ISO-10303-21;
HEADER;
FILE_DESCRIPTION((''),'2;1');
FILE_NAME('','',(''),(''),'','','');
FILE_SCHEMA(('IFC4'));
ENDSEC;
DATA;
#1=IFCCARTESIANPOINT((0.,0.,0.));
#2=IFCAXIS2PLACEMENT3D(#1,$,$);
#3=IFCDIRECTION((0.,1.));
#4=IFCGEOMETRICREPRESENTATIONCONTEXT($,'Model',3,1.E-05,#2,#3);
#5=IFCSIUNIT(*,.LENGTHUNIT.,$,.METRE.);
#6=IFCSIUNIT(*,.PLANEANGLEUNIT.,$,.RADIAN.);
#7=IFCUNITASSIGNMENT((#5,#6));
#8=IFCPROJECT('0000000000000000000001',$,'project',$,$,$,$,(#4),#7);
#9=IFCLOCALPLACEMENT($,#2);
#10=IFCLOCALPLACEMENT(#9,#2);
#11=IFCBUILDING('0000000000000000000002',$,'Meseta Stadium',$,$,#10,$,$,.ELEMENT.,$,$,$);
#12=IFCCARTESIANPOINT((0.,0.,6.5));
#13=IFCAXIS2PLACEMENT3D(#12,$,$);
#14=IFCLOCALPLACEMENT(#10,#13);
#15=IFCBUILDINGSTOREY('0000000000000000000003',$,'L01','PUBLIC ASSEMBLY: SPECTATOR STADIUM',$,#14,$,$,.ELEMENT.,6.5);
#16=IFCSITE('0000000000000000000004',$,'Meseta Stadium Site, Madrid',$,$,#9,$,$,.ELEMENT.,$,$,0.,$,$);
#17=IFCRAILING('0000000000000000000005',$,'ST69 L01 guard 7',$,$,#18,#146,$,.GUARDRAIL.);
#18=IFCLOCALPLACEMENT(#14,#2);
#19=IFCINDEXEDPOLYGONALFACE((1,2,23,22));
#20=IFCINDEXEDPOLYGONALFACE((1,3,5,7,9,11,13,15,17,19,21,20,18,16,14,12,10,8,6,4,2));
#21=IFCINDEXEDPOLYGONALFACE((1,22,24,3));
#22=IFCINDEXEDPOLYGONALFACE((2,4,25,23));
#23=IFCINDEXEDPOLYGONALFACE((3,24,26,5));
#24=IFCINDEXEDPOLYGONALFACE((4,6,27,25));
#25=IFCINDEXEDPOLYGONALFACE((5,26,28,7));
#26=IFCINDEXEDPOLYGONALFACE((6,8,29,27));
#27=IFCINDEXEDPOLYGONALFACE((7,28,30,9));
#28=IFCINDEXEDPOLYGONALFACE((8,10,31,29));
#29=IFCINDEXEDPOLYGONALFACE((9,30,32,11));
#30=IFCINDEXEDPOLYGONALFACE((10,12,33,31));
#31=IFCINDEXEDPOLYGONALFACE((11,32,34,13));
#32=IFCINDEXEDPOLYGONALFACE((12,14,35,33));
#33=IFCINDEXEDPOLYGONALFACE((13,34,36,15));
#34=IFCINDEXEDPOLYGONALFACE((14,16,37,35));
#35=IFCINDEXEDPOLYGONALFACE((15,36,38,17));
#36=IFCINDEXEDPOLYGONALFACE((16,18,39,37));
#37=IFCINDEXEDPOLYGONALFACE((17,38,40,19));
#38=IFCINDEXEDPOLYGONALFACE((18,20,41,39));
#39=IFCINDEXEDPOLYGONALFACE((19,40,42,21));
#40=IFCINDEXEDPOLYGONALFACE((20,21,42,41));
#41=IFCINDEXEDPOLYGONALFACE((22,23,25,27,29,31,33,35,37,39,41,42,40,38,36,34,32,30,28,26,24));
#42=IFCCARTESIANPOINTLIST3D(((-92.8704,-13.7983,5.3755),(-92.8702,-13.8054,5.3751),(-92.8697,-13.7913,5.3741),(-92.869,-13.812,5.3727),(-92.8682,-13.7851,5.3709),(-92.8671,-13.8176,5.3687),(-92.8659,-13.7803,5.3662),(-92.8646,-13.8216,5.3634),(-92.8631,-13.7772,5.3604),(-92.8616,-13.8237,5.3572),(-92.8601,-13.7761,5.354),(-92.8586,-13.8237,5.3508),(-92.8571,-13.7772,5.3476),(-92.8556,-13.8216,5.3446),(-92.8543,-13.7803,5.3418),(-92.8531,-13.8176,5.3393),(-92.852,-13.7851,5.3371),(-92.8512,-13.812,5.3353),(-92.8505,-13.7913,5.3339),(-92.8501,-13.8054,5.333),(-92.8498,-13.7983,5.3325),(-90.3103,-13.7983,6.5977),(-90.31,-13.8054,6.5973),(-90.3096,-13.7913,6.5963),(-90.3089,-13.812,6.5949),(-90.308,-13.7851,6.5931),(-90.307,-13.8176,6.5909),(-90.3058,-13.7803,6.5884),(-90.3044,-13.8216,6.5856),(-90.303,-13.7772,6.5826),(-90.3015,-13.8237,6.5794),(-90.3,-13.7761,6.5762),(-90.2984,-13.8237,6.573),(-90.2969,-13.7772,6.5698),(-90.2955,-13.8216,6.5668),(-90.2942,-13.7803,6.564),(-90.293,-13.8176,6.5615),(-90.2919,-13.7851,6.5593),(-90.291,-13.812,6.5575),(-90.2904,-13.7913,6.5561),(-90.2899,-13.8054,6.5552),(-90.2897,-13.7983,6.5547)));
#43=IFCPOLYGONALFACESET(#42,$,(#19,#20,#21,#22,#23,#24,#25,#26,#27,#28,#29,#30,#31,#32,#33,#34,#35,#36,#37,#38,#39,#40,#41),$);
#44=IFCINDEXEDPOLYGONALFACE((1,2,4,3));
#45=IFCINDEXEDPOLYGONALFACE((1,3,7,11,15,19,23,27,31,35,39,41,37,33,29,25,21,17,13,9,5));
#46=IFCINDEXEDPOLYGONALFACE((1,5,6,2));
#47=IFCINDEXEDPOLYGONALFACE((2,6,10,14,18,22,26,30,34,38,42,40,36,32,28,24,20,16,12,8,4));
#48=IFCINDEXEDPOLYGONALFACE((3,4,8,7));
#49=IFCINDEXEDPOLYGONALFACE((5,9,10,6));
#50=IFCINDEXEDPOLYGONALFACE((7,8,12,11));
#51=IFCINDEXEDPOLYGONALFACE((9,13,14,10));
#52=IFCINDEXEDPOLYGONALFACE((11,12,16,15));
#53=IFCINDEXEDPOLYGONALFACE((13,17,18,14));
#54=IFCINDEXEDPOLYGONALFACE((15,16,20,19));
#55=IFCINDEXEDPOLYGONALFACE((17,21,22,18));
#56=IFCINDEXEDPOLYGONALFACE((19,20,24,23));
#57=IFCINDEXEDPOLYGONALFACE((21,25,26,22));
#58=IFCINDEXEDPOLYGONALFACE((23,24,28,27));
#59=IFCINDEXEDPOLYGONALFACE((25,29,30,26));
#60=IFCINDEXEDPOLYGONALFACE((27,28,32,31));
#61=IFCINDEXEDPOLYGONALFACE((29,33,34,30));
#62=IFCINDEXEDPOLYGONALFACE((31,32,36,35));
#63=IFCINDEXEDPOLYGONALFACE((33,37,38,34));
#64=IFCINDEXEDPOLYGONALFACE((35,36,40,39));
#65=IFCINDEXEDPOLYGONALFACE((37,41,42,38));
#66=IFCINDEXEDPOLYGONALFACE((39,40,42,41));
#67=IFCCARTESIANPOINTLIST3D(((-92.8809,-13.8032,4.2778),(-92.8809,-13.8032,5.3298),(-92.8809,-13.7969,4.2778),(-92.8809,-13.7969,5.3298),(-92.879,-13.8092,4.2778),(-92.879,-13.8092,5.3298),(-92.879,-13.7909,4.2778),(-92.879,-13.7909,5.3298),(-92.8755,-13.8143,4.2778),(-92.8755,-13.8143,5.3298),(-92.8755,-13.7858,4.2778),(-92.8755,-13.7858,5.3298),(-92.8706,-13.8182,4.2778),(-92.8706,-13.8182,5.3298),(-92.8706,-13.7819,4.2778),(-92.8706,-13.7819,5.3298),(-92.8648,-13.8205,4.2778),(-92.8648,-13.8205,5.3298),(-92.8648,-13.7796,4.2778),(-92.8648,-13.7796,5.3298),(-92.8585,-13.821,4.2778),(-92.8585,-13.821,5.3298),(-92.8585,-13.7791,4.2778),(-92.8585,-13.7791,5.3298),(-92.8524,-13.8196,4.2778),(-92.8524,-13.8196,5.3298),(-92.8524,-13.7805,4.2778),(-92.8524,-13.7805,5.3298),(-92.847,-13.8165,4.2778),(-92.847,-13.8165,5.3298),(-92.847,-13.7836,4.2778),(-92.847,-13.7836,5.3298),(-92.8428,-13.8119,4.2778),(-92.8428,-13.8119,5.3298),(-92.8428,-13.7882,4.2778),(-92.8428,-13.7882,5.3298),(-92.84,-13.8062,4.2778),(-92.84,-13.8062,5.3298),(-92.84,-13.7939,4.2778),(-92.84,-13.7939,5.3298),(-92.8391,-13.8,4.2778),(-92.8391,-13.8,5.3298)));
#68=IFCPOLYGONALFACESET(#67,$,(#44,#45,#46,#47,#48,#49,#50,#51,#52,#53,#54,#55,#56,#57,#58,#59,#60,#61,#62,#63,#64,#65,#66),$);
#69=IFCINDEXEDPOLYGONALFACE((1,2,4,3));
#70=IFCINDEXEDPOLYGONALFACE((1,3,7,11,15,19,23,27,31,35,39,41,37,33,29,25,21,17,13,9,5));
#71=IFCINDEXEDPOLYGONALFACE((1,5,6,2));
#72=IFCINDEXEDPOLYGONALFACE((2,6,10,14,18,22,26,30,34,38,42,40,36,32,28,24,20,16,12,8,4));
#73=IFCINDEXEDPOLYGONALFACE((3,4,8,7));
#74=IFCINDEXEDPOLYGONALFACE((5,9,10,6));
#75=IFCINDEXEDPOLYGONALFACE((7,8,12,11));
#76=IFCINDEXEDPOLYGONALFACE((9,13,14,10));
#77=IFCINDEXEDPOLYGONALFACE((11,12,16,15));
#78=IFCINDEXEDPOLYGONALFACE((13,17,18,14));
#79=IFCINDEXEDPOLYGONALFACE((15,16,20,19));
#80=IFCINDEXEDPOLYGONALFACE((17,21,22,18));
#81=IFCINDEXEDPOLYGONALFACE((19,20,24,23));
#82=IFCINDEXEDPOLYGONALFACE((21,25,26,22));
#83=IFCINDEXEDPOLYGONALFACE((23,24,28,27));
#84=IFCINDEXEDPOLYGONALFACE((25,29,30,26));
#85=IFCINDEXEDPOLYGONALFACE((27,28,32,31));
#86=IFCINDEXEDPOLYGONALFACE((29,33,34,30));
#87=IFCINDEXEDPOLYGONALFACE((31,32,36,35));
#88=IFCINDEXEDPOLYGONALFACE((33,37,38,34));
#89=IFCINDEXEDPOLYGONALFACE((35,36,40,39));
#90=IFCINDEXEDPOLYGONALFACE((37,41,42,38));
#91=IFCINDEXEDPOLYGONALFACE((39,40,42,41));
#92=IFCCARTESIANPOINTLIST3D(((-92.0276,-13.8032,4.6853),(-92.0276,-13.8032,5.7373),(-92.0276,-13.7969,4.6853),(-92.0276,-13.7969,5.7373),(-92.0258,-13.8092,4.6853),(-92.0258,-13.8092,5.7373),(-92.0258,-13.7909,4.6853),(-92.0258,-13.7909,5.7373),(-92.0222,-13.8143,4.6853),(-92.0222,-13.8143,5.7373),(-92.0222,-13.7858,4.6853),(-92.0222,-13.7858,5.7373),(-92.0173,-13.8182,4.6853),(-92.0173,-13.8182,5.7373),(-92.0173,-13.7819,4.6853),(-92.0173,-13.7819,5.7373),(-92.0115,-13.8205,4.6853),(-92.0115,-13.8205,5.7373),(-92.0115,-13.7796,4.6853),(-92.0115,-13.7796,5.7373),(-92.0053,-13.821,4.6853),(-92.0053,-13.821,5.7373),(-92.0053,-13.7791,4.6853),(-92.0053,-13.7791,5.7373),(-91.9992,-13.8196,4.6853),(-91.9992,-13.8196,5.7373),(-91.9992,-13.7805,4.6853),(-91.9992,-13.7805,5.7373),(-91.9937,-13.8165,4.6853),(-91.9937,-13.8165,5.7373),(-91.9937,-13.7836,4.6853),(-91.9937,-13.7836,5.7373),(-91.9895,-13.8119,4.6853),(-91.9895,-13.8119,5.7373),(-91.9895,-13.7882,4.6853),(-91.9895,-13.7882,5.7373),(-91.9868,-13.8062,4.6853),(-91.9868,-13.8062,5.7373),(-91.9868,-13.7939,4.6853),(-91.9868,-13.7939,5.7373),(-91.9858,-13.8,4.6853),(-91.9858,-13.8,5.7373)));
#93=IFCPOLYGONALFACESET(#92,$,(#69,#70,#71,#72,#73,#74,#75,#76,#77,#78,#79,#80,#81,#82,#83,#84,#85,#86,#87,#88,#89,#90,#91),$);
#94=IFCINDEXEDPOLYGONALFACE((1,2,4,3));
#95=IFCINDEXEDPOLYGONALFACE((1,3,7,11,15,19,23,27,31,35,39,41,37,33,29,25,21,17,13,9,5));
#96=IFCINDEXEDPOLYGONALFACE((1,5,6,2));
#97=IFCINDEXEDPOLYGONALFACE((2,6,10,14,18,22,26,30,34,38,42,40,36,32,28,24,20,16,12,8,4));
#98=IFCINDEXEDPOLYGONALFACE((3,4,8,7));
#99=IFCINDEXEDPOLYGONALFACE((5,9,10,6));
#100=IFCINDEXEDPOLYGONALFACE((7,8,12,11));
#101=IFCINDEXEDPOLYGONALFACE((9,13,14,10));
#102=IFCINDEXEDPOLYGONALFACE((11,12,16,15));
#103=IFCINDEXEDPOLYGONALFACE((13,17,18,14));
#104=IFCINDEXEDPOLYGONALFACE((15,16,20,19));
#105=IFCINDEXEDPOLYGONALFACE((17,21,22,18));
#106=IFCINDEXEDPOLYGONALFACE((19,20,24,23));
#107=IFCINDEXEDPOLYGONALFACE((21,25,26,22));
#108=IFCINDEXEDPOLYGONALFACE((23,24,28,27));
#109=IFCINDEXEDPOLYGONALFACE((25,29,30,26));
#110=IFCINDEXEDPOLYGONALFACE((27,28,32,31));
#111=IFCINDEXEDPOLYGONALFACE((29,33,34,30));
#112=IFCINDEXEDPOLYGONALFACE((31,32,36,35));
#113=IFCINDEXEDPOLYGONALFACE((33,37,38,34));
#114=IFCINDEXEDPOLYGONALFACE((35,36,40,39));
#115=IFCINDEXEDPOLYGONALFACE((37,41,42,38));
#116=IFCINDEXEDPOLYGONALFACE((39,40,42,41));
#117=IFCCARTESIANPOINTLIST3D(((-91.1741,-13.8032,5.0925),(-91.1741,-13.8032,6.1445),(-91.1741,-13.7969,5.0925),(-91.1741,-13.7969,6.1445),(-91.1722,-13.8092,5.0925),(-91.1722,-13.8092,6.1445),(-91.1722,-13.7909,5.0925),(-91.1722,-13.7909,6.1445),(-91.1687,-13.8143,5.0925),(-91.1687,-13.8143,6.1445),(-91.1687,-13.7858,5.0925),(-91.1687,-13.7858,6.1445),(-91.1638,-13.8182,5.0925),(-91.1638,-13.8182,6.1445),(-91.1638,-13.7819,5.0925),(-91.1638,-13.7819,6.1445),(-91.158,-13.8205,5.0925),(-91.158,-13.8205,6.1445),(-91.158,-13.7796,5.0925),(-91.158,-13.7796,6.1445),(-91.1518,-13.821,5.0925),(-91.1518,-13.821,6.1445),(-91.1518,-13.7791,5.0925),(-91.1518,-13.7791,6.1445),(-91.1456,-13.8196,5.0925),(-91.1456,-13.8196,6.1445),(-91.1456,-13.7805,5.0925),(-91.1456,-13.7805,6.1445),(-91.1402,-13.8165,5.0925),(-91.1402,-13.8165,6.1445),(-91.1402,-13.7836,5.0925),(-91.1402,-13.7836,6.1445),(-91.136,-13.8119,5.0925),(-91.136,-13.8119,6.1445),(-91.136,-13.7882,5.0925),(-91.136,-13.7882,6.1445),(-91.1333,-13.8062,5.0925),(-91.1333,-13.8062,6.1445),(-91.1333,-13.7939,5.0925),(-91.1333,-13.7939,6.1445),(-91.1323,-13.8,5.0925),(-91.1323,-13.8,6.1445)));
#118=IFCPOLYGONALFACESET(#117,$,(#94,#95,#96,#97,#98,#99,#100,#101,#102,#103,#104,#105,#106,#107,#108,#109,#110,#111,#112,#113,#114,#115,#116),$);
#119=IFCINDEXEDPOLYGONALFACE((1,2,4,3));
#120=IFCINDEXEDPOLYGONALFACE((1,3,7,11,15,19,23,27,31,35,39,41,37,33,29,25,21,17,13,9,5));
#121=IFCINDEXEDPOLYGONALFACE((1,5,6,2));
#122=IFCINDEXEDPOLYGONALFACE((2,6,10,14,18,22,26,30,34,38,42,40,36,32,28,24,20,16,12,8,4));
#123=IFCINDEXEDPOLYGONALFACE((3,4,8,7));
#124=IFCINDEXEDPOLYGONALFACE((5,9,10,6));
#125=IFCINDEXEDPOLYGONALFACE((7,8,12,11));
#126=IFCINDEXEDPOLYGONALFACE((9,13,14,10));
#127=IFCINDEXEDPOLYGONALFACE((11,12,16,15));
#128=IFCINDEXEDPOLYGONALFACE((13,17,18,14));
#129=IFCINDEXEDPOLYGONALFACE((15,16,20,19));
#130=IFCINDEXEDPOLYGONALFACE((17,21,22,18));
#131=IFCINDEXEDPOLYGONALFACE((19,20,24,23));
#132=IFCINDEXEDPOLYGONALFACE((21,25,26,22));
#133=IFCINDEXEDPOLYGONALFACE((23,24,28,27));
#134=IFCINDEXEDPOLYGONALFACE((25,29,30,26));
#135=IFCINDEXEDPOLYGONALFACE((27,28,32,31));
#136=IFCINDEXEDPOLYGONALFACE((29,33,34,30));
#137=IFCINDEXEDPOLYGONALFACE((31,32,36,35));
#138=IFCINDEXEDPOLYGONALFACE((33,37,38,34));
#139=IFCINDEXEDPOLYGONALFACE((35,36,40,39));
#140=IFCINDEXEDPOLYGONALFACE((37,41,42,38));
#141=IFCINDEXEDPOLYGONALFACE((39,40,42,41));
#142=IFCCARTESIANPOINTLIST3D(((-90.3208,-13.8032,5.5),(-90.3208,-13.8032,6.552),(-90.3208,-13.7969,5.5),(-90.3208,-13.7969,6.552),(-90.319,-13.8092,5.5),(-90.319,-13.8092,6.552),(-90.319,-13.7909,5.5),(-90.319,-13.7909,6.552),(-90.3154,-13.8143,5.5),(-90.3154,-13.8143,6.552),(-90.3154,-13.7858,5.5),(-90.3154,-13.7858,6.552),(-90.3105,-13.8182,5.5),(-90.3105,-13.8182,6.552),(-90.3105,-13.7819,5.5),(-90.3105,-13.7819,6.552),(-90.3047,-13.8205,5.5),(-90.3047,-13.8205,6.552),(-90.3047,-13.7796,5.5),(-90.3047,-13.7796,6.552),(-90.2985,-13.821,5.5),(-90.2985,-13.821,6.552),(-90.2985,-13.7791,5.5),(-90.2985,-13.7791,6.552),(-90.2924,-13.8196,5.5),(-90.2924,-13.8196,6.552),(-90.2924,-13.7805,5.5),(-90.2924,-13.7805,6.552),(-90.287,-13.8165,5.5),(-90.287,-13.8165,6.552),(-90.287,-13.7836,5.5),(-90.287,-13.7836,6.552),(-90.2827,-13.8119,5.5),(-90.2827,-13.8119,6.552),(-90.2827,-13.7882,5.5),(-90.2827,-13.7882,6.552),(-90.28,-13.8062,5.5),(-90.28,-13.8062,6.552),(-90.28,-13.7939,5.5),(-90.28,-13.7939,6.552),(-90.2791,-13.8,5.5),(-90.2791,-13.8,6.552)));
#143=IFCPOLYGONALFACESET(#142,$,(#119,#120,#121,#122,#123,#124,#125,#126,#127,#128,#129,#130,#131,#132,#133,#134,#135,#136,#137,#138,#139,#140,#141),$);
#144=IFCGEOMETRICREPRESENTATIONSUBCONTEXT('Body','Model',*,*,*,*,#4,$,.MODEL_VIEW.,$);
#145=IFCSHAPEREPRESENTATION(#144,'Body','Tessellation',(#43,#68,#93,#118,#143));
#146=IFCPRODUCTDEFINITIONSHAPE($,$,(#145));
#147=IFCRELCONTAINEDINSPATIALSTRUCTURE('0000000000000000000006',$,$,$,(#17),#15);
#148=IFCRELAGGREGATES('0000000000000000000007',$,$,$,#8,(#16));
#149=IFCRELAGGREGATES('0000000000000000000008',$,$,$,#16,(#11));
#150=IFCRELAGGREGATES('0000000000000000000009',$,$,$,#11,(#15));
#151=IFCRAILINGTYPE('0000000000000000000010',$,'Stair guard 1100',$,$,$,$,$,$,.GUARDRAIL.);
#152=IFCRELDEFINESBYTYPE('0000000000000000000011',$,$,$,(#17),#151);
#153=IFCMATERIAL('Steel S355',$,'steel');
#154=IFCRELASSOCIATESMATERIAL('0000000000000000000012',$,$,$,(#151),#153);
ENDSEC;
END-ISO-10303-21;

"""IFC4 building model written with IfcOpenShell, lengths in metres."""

from ifc_helpers import new_model, si_unit, direction, frame, origin, origin_2d, place, context, subcontext, project, spatial, circle, extrude, material, type_object, element, save


model = new_model("IFC4")

# Units and contexts
model_context = context("Model", 3, precision=1e-05, world=origin(), true_north=direction((0.0, 1.0)))
body_context = subcontext(model_context, "Body", "Model", "MODEL_VIEW")
ifc_project = project(units=[si_unit("LENGTHUNIT", "METRE"), si_unit("PLANEANGLEUNIT", "RADIAN")], contexts=[model_context])

# Site, building, storey
site_placement = place(None, origin())
site = spatial("IfcSite", under=ifc_project, at=site_placement, Name="Meseta Stadium Site, Madrid", CompositionType="ELEMENT", RefElevation=0.0)
building_placement = place(site_placement, origin())
building = spatial("IfcBuilding", under=site, at=building_placement, Name="Meseta Stadium", CompositionType="ELEMENT")
storey_placement = place(building_placement, frame((0.0, 0.0, 6.5)))
storey = spatial("IfcBuildingStorey", under=building, at=storey_placement, Name="L01", Description="PUBLIC ASSEMBLY: SPECTATOR STADIUM", CompositionType="ELEMENT", Elevation=6.5)

# Railing
ifc_material_1 = material(Name="Steel S355", Category="steel")
railing_type_1 = type_object("IfcRailingType", Name="Stair guard 1100", PredefinedType="GUARDRAIL", material=ifc_material_1)
railing_1_placement = place(storey_placement, frame((-92.8601, -13.8, 4.2778)))
element("IfcRailing", 1, at=railing_1_placement, inside=storey, type_object=railing_type_1, Name="ST69 L01 guard 7", PredefinedType="GUARDRAIL", context=body_context, shape_type="SweptSolid", body=[
    extrude(circle(Radius=0.0239, at=origin_2d()), frame((0.0, 0.0, 1.0762), z_axis=(0.902437, 0.0, 0.430822), x_axis=(0.0, 1.0, 0.0)), (0.0, 0.0, 1.0), 2.8369),
    extrude(circle(Radius=0.021, at=origin_2d()), origin(), (0.0, 0.0, 1.0), 1.052),
    extrude(circle(Radius=0.021, at=origin_2d()), frame((0.8533, 0.0, 0.4075)), (0.0, 0.0, 1.0), 1.052),
    extrude(circle(Radius=0.021, at=origin_2d()), frame((1.7068, 0.0, 0.8147)), (0.0, 0.0, 1.0), 1.052),
    extrude(circle(Radius=0.021, at=origin_2d()), frame((2.5601, 0.0, 1.2222)), (0.0, 0.0, 1.0), 1.052),
])

save(model, "model.ifc")
